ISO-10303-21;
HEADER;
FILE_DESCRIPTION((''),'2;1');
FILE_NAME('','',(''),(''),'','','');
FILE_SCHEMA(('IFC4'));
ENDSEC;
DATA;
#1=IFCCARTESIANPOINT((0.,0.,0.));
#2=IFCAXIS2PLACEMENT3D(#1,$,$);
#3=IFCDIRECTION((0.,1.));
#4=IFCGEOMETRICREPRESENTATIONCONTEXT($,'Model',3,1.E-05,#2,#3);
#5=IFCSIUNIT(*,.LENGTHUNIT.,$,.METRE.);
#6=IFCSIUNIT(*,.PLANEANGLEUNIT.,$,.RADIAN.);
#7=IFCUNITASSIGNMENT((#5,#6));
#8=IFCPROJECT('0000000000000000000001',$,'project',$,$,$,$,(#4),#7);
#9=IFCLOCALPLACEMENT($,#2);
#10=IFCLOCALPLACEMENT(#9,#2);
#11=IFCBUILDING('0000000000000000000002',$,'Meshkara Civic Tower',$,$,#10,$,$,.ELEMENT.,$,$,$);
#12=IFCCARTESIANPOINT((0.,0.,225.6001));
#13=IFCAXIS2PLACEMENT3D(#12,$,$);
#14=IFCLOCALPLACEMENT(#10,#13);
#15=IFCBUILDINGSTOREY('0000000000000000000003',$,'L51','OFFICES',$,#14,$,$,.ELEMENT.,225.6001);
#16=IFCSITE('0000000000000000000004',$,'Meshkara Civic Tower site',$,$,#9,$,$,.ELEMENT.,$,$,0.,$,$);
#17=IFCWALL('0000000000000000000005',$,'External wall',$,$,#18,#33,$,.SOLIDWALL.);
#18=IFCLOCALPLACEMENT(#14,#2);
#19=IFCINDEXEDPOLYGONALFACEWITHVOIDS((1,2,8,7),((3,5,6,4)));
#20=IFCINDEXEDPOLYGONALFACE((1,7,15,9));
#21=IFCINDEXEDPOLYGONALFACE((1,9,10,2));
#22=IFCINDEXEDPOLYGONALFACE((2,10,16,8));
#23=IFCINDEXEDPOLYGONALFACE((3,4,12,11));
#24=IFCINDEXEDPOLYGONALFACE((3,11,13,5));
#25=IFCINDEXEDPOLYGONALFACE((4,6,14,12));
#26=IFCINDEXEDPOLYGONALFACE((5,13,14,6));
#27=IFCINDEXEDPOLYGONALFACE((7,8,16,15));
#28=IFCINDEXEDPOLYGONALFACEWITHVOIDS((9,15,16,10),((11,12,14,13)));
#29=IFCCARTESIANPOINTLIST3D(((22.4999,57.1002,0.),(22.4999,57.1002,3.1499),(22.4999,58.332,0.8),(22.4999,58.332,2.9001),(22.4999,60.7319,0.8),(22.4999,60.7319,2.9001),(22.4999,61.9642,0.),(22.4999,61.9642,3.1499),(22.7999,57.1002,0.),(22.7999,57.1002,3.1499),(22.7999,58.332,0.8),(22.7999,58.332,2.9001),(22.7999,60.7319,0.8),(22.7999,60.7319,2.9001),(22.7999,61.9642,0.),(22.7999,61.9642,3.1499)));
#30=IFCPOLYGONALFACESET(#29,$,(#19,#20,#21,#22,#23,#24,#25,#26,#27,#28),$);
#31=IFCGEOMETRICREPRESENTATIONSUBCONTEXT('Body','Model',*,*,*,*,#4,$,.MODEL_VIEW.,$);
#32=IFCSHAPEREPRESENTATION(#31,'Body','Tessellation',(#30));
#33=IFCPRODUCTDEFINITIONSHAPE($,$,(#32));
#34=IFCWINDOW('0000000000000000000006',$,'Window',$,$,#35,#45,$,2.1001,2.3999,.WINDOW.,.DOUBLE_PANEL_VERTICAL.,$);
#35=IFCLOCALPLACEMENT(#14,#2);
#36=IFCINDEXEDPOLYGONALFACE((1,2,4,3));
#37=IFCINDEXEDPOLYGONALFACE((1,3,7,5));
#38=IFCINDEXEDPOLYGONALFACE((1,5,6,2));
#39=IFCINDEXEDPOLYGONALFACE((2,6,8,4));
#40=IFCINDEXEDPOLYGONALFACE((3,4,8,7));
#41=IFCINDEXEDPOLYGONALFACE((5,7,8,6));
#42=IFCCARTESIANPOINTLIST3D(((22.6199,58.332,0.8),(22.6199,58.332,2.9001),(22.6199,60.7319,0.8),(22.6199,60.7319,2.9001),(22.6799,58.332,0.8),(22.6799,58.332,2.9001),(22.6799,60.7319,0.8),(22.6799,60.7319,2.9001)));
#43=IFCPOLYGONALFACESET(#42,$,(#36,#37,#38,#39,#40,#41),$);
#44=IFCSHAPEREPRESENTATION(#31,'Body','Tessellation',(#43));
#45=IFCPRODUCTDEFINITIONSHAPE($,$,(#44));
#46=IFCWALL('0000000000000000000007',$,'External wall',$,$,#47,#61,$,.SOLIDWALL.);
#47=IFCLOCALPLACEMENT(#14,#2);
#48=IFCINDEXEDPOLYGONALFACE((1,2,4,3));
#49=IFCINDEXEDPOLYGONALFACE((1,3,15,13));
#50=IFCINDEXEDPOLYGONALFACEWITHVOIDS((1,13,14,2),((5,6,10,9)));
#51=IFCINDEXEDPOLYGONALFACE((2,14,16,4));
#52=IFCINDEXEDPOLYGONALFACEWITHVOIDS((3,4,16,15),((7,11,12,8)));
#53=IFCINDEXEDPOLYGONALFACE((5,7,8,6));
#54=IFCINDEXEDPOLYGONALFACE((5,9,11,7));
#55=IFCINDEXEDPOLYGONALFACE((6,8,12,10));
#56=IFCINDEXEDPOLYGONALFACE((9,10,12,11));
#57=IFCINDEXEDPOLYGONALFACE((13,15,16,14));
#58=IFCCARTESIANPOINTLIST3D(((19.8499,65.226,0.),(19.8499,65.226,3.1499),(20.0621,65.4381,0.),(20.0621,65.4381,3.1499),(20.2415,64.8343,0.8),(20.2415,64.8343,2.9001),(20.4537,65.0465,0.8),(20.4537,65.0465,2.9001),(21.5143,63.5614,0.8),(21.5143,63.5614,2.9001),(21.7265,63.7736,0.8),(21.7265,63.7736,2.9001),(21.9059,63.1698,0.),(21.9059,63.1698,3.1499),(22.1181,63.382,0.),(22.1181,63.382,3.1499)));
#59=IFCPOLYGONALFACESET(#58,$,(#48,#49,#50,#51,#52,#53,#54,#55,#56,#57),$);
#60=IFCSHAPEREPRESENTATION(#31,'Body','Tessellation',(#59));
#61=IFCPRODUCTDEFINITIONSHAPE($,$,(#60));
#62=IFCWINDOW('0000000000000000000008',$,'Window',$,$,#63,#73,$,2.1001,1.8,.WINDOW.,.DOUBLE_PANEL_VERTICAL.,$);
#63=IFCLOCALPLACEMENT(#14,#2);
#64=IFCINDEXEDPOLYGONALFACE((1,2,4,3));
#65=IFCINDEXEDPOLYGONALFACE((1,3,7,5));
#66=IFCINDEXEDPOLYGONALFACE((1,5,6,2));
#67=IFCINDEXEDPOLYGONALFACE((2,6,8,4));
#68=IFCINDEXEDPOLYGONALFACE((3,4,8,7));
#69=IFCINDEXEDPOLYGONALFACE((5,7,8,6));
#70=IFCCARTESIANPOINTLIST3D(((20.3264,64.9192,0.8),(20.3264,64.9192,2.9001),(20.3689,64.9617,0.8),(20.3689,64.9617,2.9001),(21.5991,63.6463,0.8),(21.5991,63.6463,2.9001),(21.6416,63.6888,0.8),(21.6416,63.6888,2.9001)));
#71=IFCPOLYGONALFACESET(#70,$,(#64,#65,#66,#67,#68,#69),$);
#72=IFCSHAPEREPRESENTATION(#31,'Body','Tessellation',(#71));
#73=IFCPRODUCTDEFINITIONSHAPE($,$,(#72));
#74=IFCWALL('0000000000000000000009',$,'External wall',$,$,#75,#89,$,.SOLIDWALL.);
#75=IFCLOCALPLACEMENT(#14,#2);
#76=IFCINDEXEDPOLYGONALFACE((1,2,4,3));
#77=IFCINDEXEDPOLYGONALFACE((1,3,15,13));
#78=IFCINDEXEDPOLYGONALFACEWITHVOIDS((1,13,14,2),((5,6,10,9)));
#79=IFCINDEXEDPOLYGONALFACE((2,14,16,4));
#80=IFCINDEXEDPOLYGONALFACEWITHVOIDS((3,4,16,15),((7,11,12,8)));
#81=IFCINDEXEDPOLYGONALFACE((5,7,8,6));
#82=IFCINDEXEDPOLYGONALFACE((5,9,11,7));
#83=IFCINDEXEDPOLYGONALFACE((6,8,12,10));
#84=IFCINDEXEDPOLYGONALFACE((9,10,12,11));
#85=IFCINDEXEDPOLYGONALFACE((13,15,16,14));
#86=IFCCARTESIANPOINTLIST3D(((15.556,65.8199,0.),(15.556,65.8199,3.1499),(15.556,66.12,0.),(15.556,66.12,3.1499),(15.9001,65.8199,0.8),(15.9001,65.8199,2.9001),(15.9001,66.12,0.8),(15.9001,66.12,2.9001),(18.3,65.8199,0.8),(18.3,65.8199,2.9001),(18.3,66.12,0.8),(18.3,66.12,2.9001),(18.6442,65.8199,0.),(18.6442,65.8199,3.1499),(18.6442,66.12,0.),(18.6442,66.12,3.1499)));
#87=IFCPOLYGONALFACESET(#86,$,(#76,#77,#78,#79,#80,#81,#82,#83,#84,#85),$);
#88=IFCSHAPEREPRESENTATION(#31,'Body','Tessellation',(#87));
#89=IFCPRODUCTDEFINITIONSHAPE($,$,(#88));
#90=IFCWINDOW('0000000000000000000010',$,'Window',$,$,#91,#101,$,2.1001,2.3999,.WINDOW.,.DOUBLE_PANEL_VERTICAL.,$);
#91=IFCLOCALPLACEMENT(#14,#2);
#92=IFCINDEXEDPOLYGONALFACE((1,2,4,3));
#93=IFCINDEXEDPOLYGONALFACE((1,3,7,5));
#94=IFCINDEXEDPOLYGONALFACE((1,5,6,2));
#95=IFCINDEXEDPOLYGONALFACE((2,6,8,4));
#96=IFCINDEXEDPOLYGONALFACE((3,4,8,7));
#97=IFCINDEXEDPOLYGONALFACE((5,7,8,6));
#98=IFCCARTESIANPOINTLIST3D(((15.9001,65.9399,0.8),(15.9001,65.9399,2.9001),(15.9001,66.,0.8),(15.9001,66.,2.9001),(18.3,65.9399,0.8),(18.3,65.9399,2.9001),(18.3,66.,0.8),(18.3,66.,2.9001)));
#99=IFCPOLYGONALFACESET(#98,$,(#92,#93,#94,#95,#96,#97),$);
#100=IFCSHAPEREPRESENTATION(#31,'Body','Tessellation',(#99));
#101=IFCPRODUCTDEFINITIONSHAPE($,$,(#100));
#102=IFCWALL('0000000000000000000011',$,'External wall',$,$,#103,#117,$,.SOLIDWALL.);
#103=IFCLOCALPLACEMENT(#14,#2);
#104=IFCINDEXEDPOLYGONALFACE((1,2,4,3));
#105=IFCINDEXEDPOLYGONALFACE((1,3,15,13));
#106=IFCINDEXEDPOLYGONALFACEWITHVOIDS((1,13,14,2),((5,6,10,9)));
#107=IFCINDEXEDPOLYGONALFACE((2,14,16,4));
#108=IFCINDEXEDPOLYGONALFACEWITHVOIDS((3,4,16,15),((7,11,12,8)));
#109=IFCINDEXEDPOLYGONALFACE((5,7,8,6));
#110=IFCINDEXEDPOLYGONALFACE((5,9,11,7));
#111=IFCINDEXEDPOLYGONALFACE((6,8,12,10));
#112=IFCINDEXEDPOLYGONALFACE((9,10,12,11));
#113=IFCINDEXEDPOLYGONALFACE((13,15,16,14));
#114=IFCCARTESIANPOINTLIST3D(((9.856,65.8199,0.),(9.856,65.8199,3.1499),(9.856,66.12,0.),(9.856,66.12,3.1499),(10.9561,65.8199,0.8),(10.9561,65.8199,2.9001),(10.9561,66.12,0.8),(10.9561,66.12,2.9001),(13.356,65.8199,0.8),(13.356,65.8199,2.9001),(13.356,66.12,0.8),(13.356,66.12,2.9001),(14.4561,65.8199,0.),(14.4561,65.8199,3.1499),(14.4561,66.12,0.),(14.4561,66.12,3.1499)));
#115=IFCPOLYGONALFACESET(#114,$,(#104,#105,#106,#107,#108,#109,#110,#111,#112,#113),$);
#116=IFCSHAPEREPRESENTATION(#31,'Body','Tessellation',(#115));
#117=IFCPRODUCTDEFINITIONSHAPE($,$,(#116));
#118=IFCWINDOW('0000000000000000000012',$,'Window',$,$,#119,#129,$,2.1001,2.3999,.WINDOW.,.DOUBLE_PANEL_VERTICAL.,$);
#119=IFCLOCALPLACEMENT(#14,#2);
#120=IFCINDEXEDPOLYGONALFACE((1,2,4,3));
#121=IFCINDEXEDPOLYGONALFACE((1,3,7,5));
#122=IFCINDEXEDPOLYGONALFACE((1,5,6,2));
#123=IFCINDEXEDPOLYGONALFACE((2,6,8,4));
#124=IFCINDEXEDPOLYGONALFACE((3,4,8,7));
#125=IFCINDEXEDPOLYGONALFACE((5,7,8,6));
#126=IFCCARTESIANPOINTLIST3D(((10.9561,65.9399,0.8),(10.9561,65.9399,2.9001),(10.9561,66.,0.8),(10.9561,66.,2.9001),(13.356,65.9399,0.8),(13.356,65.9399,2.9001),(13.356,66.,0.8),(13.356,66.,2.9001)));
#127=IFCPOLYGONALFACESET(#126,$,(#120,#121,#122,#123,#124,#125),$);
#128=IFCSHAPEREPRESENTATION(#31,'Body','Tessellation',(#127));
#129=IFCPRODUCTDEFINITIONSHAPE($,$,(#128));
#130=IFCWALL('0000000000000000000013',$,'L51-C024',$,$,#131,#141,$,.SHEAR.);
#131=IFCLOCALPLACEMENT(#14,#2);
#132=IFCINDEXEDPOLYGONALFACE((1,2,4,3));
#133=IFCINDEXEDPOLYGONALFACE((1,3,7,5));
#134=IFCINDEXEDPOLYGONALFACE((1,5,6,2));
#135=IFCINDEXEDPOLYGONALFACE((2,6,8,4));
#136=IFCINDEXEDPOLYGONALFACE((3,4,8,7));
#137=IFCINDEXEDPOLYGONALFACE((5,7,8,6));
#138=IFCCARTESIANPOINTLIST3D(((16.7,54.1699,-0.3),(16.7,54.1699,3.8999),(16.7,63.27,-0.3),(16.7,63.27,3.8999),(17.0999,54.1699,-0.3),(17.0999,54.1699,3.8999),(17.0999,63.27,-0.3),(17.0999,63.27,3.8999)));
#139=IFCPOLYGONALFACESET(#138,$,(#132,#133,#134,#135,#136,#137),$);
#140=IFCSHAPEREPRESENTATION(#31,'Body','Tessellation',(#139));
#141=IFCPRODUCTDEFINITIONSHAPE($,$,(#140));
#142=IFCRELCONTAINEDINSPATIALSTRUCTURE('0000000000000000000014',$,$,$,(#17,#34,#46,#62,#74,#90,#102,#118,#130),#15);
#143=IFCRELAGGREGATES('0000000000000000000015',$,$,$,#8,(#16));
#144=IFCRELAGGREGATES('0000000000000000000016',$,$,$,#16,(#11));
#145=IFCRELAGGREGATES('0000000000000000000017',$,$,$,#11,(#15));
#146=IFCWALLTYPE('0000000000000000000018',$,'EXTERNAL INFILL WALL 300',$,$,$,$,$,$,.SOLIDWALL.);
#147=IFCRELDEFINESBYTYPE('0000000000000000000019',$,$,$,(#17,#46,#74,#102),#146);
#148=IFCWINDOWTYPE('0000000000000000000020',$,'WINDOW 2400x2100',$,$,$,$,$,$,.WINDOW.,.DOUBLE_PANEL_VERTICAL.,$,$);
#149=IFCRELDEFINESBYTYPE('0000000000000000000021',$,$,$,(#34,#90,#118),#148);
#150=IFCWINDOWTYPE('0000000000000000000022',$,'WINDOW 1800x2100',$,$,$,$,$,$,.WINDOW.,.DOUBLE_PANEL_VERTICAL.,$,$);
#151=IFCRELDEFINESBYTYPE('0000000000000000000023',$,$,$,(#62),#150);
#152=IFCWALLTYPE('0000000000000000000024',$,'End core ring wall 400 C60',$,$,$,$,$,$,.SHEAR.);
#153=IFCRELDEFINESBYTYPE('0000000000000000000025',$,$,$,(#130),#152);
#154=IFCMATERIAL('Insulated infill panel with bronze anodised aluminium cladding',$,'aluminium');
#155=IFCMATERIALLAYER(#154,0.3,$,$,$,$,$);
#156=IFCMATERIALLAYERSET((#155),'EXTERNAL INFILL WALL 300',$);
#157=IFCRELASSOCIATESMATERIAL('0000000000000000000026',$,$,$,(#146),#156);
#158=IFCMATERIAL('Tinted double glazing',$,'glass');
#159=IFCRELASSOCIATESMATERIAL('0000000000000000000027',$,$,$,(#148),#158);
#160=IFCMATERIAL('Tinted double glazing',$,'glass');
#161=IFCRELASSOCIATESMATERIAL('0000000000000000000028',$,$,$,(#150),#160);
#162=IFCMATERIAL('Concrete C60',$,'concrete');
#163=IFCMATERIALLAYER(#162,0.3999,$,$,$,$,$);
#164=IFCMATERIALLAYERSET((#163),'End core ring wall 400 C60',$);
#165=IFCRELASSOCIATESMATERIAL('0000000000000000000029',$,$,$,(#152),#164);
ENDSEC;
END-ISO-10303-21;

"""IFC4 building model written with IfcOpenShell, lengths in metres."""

from ifc_helpers import new_model, si_unit, direction, frame, frame_2d, origin, place, context, subcontext, project, spatial, rectangle, extrude, material, layer, layer_set, type_object, element, fill, save


model = new_model("IFC4")

# Units and contexts
model_context = context("Model", 3, precision=1e-05, world=origin(), true_north=direction((0.0, 1.0)))
body_context = subcontext(model_context, "Body", "Model", "MODEL_VIEW")
ifc_project = project(units=[si_unit("LENGTHUNIT", "METRE"), si_unit("PLANEANGLEUNIT", "RADIAN")], contexts=[model_context])

# Site, building, storey
site_placement = place(None, origin())
site = spatial("IfcSite", under=ifc_project, at=site_placement, Name="Meshkara Civic Tower site", CompositionType="ELEMENT", RefElevation=0.0)
building_placement = place(site_placement, origin())
building = spatial("IfcBuilding", under=site, at=building_placement, Name="Meshkara Civic Tower", CompositionType="ELEMENT")
storey_placement = place(building_placement, frame((0.0, 0.0, 225.6001)))
storey = spatial("IfcBuildingStorey", under=building, at=storey_placement, Name="L51", Description="OFFICES", CompositionType="ELEMENT", Elevation=225.6001)

# Walls, openings, windows
ifc_material_1 = material(Name="Insulated infill panel with bronze anodised aluminium cladding", Category="aluminium")
ifc_layer_1 = layer(ifc_material_1, 0.3)
ifc_layer_set_1 = layer_set([ifc_layer_1], Name="EXTERNAL INFILL WALL 300")
wall_type_1 = type_object("IfcWallType", Name="EXTERNAL INFILL WALL 300", PredefinedType="SOLIDWALL", material=ifc_layer_set_1)
wall_1_placement = place(storey_placement, frame((22.6499, 57.1001, 0.0), z_axis=(0.0, 0.0, 1.0), x_axis=(0.0, 1.0, 0.0)))
wall_1 = element("IfcWall", 1, at=wall_1_placement, inside=storey, type_object=wall_type_1, Name="External wall", PredefinedType="SOLIDWALL", context=body_context, shape_type="SweptSolid", body=[
    extrude(rectangle(XDim=4.864, YDim=0.3, at=frame_2d((2.4321, 0.0))), origin(), (0.0, 0.0, 1.0), 3.1499),
])
opening_1_placement = place(wall_1_placement, frame((1.2319, 0.0, 0.8)))
opening_1 = element("IfcOpeningElement", 2, at=opening_1_placement, cuts=wall_1, PredefinedType="OPENING", context=body_context, shape_type="SweptSolid", body=[
    extrude(rectangle(XDim=2.3999, YDim=2.1001, at=frame_2d((1.2, 1.05))), frame((0.0, 0.1599, 0.0), z_axis=(0.0, -1.0, 0.0), x_axis=(1.0, 0.0, 0.0)), (0.0, 0.0, 1.0), 0.3201),
])
ifc_material_2 = material(Name="Tinted double glazing", Category="glass")
window_type_1 = type_object("IfcWindowType", Name="WINDOW 2400x2100", PartitioningType="DOUBLE_PANEL_VERTICAL", PredefinedType="WINDOW", material=ifc_material_2)
window_1_placement = place(opening_1_placement, origin())
window_1 = element("IfcWindow", 3, at=window_1_placement, inside=storey, type_object=window_type_1, Name="Window", OverallHeight=2.1001, OverallWidth=2.3999, PartitioningType="DOUBLE_PANEL_VERTICAL", PredefinedType="WINDOW", context=body_context, shape_type="SweptSolid", body=[
    extrude(rectangle(XDim=2.3999, YDim=2.1001, at=frame_2d((1.2, 1.05))), frame((0.0, 0.03, 0.0), z_axis=(0.0, -1.0, 0.0), x_axis=(1.0, 0.0, 0.0)), (0.0, 0.0, 1.0), 0.0601),
])
fill(opening_1, window_1)
wall_2_placement = place(storey_placement, frame((22.012, 63.2759, 0.0), z_axis=(0.0, 0.0, 1.0), x_axis=(-0.707065, 0.707149, 0.0)))
wall_2 = element("IfcWall", 4, at=wall_2_placement, inside=storey, type_object=wall_type_1, Name="External wall", PredefinedType="SOLIDWALL", context=body_context, shape_type="SweptSolid", body=[
    extrude(rectangle(XDim=2.9077, YDim=0.3, at=frame_2d((1.4539, 0.0))), origin(), (0.0, 0.0, 1.0), 3.1499),
])
opening_2_placement = place(wall_2_placement, frame((0.554, 0.0, 0.8)))
opening_2 = element("IfcOpeningElement", 5, at=opening_2_placement, cuts=wall_2, PredefinedType="OPENING", context=body_context, shape_type="SweptSolid", body=[
    extrude(rectangle(XDim=1.8, YDim=2.1001, at=frame_2d((0.8999, 1.05))), frame((0.0, 0.1599, 0.0), z_axis=(0.0, -1.0, 0.0), x_axis=(1.0, 0.0, 0.0)), (0.0, 0.0, 1.0), 0.3201),
])
ifc_material_3 = material(Name="Tinted double glazing", Category="glass")
window_type_2 = type_object("IfcWindowType", Name="WINDOW 1800x2100", PartitioningType="DOUBLE_PANEL_VERTICAL", PredefinedType="WINDOW", material=ifc_material_3)
window_2_placement = place(opening_2_placement, origin())
window_2 = element("IfcWindow", 6, at=window_2_placement, inside=storey, type_object=window_type_2, Name="Window", OverallHeight=2.1001, OverallWidth=1.8, PartitioningType="DOUBLE_PANEL_VERTICAL", PredefinedType="WINDOW", context=body_context, shape_type="SweptSolid", body=[
    extrude(rectangle(XDim=1.8, YDim=2.1001, at=frame_2d((0.8999, 1.05))), frame((0.0, 0.03, 0.0), z_axis=(0.0, -1.0, 0.0), x_axis=(1.0, 0.0, 0.0)), (0.0, 0.0, 1.0), 0.0601),
])
fill(opening_2, window_2)
wall_3_placement = place(storey_placement, frame((18.644, 65.97, 0.0), z_axis=(0.0, 0.0, 1.0), x_axis=(-1.0, 0.0, 0.0)))
wall_3 = element("IfcWall", 7, at=wall_3_placement, inside=storey, type_object=wall_type_1, Name="External wall", PredefinedType="SOLIDWALL", context=body_context, shape_type="SweptSolid", body=[
    extrude(rectangle(XDim=3.0881, YDim=0.3, at=frame_2d((1.5439, 0.0))), origin(), (0.0, 0.0, 1.0), 3.1499),
])
opening_3_placement = place(wall_3_placement, frame((0.344, 0.0, 0.8)))
opening_3 = element("IfcOpeningElement", 8, at=opening_3_placement, cuts=wall_3, PredefinedType="OPENING", context=body_context, shape_type="SweptSolid", body=[
    extrude(rectangle(XDim=2.3999, YDim=2.1001, at=frame_2d((1.2, 1.05))), frame((0.0, 0.1599, 0.0), z_axis=(0.0, -1.0, 0.0), x_axis=(1.0, 0.0, 0.0)), (0.0, 0.0, 1.0), 0.3201),
])
window_3_placement = place(opening_3_placement, origin())
window_3 = element("IfcWindow", 9, at=window_3_placement, inside=storey, type_object=window_type_1, Name="Window", OverallHeight=2.1001, OverallWidth=2.3999, PartitioningType="DOUBLE_PANEL_VERTICAL", PredefinedType="WINDOW", context=body_context, shape_type="SweptSolid", body=[
    extrude(rectangle(XDim=2.3999, YDim=2.1001, at=frame_2d((1.2, 1.05))), frame((0.0, 0.03, 0.0), z_axis=(0.0, -1.0, 0.0), x_axis=(1.0, 0.0, 0.0)), (0.0, 0.0, 1.0), 0.0601),
])
fill(opening_3, window_3)
wall_4_placement = place(storey_placement, frame((14.4561, 65.97, 0.0), z_axis=(0.0, 0.0, 1.0), x_axis=(-1.0, 0.0, 0.0)))
wall_4 = element("IfcWall", 10, at=wall_4_placement, inside=storey, type_object=wall_type_1, Name="External wall", PredefinedType="SOLIDWALL", context=body_context, shape_type="SweptSolid", body=[
    extrude(rectangle(XDim=4.6001, YDim=0.3, at=frame_2d((2.3, 0.0))), origin(), (0.0, 0.0, 1.0), 3.1499),
])
opening_4_placement = place(wall_4_placement, frame((1.1001, 0.0, 0.8)))
opening_4 = element("IfcOpeningElement", 11, at=opening_4_placement, cuts=wall_4, PredefinedType="OPENING", context=body_context, shape_type="SweptSolid", body=[
    extrude(rectangle(XDim=2.3999, YDim=2.1001, at=frame_2d((1.2, 1.05))), frame((0.0, 0.1599, 0.0), z_axis=(0.0, -1.0, 0.0), x_axis=(1.0, 0.0, 0.0)), (0.0, 0.0, 1.0), 0.3201),
])
window_4_placement = place(opening_4_placement, origin())
window_4 = element("IfcWindow", 12, at=window_4_placement, inside=storey, type_object=window_type_1, Name="Window", OverallHeight=2.1001, OverallWidth=2.3999, PartitioningType="DOUBLE_PANEL_VERTICAL", PredefinedType="WINDOW", context=body_context, shape_type="SweptSolid", body=[
    extrude(rectangle(XDim=2.3999, YDim=2.1001, at=frame_2d((1.2, 1.05))), frame((0.0, 0.03, 0.0), z_axis=(0.0, -1.0, 0.0), x_axis=(1.0, 0.0, 0.0)), (0.0, 0.0, 1.0), 0.0601),
])
fill(opening_4, window_4)

# Wall
ifc_material_4 = material(Name="Concrete C60", Category="concrete")
ifc_layer_2 = layer(ifc_material_4, 0.3999)
ifc_layer_set_2 = layer_set([ifc_layer_2], Name="End core ring wall 400 C60")
wall_type_2 = type_object("IfcWallType", Name="End core ring wall 400 C60", PredefinedType="SHEAR", material=ifc_layer_set_2)
wall_5_placement = place(storey_placement, frame((16.8999, 54.1699, -0.3), z_axis=(0.0, 0.0, 1.0), x_axis=(0.0, 1.0, 0.0)))
element("IfcWall", 13, at=wall_5_placement, inside=storey, type_object=wall_type_2, Name="L51-C024", PredefinedType="SHEAR", context=body_context, shape_type="SweptSolid", body=[
    extrude(rectangle(XDim=9.1001, YDim=0.3999, at=frame_2d((4.55, 0.0))), origin(), (0.0, 0.0, 1.0), 4.2),
])

save(model, "model.ifc")
